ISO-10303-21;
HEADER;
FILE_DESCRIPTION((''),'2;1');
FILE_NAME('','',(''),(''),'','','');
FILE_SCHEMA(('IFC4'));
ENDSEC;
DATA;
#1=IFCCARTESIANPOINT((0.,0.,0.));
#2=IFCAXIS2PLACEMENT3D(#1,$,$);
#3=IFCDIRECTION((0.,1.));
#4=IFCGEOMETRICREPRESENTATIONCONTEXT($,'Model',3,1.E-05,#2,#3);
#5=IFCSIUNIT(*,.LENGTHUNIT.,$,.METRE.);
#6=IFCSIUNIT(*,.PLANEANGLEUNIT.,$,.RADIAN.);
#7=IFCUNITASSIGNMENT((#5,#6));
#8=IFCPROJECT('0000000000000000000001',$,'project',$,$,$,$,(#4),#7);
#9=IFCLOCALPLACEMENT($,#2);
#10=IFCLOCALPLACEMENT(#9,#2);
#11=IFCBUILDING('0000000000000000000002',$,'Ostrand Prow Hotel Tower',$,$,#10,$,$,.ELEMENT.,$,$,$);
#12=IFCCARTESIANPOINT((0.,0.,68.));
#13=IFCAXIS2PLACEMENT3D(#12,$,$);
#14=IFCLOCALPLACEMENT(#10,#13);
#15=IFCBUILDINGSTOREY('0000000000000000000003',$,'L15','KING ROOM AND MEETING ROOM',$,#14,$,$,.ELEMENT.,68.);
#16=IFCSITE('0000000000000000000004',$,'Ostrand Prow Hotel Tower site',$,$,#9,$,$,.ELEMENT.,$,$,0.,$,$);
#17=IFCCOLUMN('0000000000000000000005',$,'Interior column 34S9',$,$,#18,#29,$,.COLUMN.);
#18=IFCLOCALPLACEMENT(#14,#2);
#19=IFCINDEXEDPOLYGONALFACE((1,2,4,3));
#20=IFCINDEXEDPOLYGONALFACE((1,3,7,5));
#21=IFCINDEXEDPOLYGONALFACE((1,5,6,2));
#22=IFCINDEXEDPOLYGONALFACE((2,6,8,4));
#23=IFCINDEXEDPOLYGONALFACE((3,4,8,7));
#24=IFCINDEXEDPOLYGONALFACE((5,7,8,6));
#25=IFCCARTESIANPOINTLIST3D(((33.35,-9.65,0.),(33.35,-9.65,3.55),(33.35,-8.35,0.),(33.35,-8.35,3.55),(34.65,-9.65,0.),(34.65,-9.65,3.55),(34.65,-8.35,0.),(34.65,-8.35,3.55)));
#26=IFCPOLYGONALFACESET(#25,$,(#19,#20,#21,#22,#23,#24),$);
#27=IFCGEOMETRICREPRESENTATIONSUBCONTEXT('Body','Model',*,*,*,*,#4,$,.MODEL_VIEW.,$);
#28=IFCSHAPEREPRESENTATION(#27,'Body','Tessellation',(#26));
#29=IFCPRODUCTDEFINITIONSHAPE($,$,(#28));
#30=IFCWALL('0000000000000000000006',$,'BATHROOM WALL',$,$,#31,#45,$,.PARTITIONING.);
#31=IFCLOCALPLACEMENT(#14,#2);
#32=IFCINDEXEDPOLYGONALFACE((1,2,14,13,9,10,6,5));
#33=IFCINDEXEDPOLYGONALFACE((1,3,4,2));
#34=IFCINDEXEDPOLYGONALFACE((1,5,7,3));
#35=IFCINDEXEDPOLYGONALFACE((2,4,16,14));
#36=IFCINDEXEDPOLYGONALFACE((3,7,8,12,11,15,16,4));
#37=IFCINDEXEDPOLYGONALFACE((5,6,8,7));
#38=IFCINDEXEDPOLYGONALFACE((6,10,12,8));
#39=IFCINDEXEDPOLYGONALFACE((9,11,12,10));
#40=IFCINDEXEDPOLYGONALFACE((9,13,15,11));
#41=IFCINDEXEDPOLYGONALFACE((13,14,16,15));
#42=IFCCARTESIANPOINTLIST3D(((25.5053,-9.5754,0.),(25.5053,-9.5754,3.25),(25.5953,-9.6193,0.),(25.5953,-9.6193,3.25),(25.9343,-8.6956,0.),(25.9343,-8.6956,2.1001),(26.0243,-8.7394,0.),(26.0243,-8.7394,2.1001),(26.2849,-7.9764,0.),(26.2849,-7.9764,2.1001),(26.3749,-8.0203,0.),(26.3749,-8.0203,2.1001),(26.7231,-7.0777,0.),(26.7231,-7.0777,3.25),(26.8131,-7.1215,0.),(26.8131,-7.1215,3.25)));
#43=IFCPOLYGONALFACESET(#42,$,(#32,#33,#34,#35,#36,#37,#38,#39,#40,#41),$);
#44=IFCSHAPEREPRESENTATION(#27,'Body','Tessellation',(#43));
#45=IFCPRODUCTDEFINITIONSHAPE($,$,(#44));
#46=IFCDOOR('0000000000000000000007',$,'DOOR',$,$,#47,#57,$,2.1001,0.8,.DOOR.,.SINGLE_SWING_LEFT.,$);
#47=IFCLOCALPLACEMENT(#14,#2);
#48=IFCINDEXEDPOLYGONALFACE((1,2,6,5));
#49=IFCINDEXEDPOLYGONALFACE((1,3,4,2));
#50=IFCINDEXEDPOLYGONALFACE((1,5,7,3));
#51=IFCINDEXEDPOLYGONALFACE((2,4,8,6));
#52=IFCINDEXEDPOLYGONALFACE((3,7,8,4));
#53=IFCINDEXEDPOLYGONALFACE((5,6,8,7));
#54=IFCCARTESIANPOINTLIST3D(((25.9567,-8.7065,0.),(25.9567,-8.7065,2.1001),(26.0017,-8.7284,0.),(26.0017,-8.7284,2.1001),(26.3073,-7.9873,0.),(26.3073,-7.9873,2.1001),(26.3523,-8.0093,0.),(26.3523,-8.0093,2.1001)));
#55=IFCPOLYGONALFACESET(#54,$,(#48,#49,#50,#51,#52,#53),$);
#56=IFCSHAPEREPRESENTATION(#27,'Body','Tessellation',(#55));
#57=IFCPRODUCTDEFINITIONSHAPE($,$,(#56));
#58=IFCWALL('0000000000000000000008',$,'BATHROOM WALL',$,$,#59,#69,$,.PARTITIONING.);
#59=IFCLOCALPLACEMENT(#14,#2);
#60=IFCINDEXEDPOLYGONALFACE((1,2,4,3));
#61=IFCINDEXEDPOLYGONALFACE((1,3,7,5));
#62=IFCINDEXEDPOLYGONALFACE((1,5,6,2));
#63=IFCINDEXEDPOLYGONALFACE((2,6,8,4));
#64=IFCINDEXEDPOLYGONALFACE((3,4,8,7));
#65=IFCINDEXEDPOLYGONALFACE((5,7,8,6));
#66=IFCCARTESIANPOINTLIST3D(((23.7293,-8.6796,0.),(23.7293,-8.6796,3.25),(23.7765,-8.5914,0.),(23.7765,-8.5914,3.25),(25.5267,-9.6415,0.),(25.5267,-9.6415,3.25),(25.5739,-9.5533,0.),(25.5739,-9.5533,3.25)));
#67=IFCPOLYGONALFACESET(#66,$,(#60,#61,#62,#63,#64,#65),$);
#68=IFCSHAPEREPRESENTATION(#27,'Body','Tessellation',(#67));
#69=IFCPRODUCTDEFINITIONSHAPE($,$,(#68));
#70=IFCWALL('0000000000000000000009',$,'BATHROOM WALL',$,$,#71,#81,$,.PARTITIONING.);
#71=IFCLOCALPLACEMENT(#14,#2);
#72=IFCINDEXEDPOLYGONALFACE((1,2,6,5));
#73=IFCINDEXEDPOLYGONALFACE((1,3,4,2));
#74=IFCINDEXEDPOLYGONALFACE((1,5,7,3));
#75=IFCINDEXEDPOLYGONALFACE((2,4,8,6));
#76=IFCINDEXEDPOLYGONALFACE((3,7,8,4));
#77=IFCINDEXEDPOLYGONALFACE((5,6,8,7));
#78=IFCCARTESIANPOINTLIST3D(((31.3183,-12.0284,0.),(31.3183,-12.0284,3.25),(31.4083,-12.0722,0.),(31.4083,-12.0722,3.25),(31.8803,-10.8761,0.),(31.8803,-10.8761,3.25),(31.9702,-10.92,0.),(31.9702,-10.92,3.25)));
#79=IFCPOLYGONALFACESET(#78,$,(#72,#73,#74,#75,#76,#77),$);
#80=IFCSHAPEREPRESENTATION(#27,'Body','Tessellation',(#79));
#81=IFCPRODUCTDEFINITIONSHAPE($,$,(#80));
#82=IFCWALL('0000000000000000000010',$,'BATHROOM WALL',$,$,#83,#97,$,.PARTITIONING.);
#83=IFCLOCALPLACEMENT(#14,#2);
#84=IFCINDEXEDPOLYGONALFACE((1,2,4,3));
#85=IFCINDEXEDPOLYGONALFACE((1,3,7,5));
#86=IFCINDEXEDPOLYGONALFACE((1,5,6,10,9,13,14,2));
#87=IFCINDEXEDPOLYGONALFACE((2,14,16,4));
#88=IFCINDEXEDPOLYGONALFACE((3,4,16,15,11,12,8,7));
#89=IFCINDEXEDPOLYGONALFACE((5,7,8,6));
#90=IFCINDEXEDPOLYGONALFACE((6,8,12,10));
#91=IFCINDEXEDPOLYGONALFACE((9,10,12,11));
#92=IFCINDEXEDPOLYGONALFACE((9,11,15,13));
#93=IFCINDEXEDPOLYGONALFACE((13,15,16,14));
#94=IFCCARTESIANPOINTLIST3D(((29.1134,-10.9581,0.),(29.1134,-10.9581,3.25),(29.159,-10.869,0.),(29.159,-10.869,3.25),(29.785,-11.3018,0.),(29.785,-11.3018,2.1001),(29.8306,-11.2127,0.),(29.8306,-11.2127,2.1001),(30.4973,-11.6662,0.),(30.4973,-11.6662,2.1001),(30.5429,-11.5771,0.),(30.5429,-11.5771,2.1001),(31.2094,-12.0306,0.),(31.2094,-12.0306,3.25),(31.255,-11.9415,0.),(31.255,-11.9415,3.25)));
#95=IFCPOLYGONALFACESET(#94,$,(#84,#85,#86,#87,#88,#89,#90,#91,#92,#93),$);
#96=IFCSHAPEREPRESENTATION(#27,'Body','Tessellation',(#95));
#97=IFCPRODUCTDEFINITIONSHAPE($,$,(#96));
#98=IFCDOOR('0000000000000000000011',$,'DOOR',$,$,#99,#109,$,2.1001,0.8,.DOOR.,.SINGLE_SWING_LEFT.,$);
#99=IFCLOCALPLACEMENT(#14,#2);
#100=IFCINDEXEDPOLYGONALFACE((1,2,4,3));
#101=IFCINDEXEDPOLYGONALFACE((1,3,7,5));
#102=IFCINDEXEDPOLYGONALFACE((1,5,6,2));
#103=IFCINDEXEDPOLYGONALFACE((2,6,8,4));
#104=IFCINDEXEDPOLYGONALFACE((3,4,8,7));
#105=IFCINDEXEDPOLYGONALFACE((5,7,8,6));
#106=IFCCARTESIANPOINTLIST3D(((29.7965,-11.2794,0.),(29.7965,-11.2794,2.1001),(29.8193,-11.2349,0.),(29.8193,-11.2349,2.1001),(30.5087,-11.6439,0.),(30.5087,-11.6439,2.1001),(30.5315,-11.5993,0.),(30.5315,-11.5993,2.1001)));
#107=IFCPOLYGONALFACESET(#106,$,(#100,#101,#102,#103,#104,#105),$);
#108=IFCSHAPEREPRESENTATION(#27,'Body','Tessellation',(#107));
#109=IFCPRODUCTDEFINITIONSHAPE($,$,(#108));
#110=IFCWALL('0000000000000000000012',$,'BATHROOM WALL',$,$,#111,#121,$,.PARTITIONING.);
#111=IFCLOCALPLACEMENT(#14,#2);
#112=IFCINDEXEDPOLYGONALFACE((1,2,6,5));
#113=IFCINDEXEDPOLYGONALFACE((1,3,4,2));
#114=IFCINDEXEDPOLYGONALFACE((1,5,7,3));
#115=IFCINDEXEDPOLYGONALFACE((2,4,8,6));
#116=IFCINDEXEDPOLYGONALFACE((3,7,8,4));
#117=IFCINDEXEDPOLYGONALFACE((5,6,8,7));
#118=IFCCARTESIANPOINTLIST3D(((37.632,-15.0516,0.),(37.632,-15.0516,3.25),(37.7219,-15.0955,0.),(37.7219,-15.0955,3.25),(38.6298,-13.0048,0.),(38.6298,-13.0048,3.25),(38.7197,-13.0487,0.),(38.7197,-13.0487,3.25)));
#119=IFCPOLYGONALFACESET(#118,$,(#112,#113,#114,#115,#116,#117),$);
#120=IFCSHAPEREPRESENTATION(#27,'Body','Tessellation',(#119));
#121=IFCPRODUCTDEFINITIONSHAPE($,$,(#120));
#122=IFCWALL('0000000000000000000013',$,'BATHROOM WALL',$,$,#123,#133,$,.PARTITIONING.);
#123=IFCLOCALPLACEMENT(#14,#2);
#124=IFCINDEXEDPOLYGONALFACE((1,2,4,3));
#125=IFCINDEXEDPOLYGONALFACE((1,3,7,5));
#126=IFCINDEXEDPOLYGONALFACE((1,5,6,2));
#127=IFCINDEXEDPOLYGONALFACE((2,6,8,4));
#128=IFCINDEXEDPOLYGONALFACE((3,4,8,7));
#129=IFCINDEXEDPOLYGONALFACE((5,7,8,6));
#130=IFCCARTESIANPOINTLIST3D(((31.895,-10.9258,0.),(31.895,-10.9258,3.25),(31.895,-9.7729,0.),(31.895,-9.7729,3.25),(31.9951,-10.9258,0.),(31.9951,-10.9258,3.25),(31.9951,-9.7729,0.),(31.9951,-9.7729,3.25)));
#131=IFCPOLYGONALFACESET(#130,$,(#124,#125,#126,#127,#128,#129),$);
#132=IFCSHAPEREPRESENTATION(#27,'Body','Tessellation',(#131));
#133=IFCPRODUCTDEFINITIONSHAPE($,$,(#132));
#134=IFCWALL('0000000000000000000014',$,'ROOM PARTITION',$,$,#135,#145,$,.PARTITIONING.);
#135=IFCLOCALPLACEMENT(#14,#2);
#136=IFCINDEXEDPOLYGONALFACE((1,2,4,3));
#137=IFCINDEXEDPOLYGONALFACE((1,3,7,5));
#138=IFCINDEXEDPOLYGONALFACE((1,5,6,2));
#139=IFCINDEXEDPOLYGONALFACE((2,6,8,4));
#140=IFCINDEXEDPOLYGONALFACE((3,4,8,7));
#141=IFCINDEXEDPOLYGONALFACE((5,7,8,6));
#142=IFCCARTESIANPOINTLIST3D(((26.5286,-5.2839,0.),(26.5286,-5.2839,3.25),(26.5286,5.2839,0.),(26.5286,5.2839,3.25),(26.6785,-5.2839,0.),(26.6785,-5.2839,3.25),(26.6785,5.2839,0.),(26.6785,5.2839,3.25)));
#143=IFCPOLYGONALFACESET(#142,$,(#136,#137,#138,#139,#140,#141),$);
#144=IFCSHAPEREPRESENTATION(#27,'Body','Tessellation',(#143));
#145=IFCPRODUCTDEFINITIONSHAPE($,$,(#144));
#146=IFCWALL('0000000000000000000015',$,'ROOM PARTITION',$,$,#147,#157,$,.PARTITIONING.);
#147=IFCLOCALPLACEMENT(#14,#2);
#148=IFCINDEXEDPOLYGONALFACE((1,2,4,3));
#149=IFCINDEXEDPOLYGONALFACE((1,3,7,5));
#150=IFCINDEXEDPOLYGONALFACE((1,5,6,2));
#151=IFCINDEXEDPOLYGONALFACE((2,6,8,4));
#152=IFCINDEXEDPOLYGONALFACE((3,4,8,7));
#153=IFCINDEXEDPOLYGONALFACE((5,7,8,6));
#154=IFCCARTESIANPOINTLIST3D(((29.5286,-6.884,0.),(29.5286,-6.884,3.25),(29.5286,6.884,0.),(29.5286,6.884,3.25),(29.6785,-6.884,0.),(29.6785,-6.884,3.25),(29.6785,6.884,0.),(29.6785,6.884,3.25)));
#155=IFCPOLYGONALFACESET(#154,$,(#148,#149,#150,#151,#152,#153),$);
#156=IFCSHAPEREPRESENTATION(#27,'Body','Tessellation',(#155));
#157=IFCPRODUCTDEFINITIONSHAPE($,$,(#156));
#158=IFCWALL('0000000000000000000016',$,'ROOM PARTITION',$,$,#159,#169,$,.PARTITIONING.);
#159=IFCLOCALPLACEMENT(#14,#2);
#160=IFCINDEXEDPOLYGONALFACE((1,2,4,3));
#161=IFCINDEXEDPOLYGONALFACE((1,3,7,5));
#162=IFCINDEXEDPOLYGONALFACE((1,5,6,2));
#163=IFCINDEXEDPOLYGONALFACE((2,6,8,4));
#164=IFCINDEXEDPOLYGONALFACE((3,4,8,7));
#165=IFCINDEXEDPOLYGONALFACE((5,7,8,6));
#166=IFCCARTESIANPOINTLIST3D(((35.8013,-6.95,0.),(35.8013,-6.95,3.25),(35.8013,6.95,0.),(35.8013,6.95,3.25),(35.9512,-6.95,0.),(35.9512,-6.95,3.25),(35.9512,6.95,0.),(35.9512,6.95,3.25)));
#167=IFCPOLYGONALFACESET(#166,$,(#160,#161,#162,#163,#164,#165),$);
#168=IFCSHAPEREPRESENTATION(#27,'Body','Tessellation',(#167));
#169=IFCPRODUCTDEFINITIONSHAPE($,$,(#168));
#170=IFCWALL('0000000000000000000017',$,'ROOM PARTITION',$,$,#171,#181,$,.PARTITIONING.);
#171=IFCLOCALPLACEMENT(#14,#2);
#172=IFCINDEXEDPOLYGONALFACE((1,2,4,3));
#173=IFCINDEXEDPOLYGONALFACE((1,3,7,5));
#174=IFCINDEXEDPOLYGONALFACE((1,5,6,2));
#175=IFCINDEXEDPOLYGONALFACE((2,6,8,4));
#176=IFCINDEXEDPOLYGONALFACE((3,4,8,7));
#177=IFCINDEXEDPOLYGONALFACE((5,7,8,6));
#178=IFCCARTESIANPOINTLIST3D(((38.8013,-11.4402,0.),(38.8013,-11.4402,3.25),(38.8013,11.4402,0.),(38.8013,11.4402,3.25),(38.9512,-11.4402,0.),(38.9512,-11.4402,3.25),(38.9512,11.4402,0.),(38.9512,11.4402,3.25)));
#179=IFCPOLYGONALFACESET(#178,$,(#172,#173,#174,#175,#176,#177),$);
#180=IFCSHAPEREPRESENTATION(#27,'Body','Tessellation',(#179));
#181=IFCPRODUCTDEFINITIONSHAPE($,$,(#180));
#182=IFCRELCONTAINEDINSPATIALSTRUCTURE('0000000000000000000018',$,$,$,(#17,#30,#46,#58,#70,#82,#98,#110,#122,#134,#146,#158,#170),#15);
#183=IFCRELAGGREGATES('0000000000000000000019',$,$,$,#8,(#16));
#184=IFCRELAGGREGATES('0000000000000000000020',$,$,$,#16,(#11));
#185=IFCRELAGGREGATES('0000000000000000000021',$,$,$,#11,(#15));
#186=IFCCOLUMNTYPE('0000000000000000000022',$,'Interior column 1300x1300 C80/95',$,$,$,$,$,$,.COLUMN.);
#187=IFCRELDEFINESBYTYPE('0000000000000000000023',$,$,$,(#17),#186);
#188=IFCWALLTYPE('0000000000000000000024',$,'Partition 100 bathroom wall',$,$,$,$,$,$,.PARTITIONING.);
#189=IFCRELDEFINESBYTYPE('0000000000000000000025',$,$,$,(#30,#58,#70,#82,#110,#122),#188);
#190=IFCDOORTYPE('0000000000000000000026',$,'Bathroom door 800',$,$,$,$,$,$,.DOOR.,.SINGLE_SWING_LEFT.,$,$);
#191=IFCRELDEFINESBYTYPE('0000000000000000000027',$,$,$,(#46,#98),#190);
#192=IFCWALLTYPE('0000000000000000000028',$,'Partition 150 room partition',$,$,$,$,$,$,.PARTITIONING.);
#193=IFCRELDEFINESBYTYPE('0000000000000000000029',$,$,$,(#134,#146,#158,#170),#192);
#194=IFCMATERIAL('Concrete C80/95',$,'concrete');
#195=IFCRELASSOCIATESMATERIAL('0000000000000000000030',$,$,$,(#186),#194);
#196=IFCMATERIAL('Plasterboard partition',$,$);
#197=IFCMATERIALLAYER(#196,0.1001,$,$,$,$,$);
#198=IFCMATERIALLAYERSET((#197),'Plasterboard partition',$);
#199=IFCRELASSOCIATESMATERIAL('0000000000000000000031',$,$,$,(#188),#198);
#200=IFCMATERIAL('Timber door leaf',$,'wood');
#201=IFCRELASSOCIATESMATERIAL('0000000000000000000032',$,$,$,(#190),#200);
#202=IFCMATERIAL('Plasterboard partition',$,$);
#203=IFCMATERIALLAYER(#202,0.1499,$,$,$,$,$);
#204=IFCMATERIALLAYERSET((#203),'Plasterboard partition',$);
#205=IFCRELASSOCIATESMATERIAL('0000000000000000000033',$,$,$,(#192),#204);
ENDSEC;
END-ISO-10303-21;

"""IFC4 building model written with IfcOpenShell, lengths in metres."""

from ifc_helpers import new_model, si_unit, direction, frame, frame_2d, origin, origin_2d, place, context, subcontext, project, spatial, rectangle, extrude, material, layer, layer_set, material_profile, profile_set, type_object, element, fill, save


model = new_model("IFC4")

# Units and contexts
model_context = context("Model", 3, precision=1e-05, world=origin(), true_north=direction((0.0, 1.0)))
body_context = subcontext(model_context, "Body", "Model", "MODEL_VIEW")
ifc_project = project(units=[si_unit("LENGTHUNIT", "METRE"), si_unit("PLANEANGLEUNIT", "RADIAN")], contexts=[model_context])

# Site, building, storey
site_placement = place(None, origin())
site = spatial("IfcSite", under=ifc_project, at=site_placement, Name="Ostrand Prow Hotel Tower site", CompositionType="ELEMENT", RefElevation=0.0)
building_placement = place(site_placement, origin())
building = spatial("IfcBuilding", under=site, at=building_placement, Name="Ostrand Prow Hotel Tower", CompositionType="ELEMENT")
storey_placement = place(building_placement, frame((0.0, 0.0, 68.0)))
storey = spatial("IfcBuildingStorey", under=building, at=storey_placement, Name="L15", Description="KING ROOM AND MEETING ROOM", CompositionType="ELEMENT", Elevation=68.0)

# Column
ifc_material_1 = material(Name="Concrete C80/95", Category="concrete")
ifc_material_profile = material_profile(ifc_material_1, rectangle(XDim=1.3, YDim=1.3, at=origin_2d()), Name="RC 1300x1300")
ifc_profile_set = profile_set([ifc_material_profile], Name="Concrete C80/95")
column_type = type_object("IfcColumnType", Name="Interior column 1300x1300 C80/95", PredefinedType="COLUMN", material=ifc_profile_set)
column_placement = place(storey_placement, frame((34.0, -9.0, 0.0), z_axis=(0.0, 0.0, 1.0), x_axis=(1.0, 0.0, 0.0)))
element("IfcColumn", 1, at=column_placement, inside=storey, type_object=column_type, Name="Interior column 34S9", PredefinedType="COLUMN", context=body_context, shape_type="SweptSolid", body=[
    extrude(rectangle(XDim=1.3, YDim=1.3, at=origin_2d()), origin(), (0.0, 0.0, 1.0), 3.55),
])

# Wall, opening, door
ifc_material_2 = material(Name="Plasterboard partition")
ifc_layer_1 = layer(ifc_material_2, 0.1001)
ifc_layer_set_1 = layer_set([ifc_layer_1], Name="Plasterboard partition")
wall_type_1 = type_object("IfcWallType", Name="Partition 100 bathroom wall", PredefinedType="PARTITIONING", material=ifc_layer_set_1)
wall_1_placement = place(storey_placement, frame((26.7681, -7.0996, 0.0), z_axis=(0.0, 0.0, 1.0), x_axis=(-0.43823, -0.898863, 0.0)))
wall_1 = element("IfcWall", 2, at=wall_1_placement, inside=storey, type_object=wall_type_1, Name="BATHROOM WALL", PredefinedType="PARTITIONING", context=body_context, shape_type="SweptSolid", body=[
    extrude(rectangle(XDim=2.7788, YDim=0.1001, at=frame_2d((1.3894, 0.0))), origin(), (0.0, 0.0, 1.0), 3.25),
])
opening_1_placement = place(wall_1_placement, frame((1.0, 0.0, 0.0)))
opening_1 = element("IfcOpeningElement", 3, at=opening_1_placement, cuts=wall_1, PredefinedType="OPENING", context=body_context, shape_type="SweptSolid", body=[
    extrude(rectangle(XDim=0.8, YDim=2.1001, at=frame_2d((0.3999, 1.05))), frame((0.0, 0.0601, 0.0), z_axis=(0.0, -1.0, 0.0), x_axis=(1.0, 0.0, 0.0)), (0.0, 0.0, 1.0), 0.1201),
])
ifc_material_3 = material(Name="Timber door leaf", Category="wood")
door_type_1 = type_object("IfcDoorType", Name="Bathroom door 800", OperationType="SINGLE_SWING_LEFT", PredefinedType="DOOR", material=ifc_material_3)
door_1_placement = place(opening_1_placement, origin())
door_1 = element("IfcDoor", 4, at=door_1_placement, inside=storey, type_object=door_type_1, Name="DOOR", OperationType="SINGLE_SWING_LEFT", OverallHeight=2.1001, OverallWidth=0.8, PredefinedType="DOOR", context=body_context, shape_type="SweptSolid", body=[
    extrude(rectangle(XDim=0.8, YDim=2.1001, at=frame_2d((0.3999, 1.05))), frame((0.0, 0.0249, 0.0), z_axis=(0.0, -1.0, 0.0), x_axis=(1.0, 0.0, 0.0)), (0.0, 0.0, 1.0), 0.05),
])
fill(opening_1, door_1)

# Walls
wall_2_placement = place(storey_placement, frame((25.5503, -9.5974, 0.0), z_axis=(0.0, 0.0, 1.0), x_axis=(-0.881676, 0.471856, 0.0)))
element("IfcWall", 5, at=wall_2_placement, inside=storey, type_object=wall_type_1, Name="BATHROOM WALL", PredefinedType="PARTITIONING", context=body_context, shape_type="SweptSolid", body=[
    extrude(rectangle(XDim=2.0386, YDim=0.1001, at=frame_2d((1.0193, 0.0))), origin(), (0.0, 0.0, 1.0), 3.25),
])
wall_3_placement = place(storey_placement, frame((31.9253, -10.8979, 0.0), z_axis=(0.0, 0.0, 1.0), x_axis=(-0.438356, -0.898801, 0.0)))
element("IfcWall", 6, at=wall_3_placement, inside=storey, type_object=wall_type_1, Name="BATHROOM WALL", PredefinedType="PARTITIONING", context=body_context, shape_type="SweptSolid", body=[
    extrude(rectangle(XDim=1.282, YDim=0.1001, at=frame_2d((0.6411, 0.0))), origin(), (0.0, 0.0, 1.0), 3.25),
])

# Wall, opening, door
wall_4_placement = place(storey_placement, frame((31.2322, -11.9861, 0.0), z_axis=(0.0, 0.0, 1.0), x_axis=(-0.89022, 0.455531, 0.0)))
wall_4 = element("IfcWall", 7, at=wall_4_placement, inside=storey, type_object=wall_type_1, Name="BATHROOM WALL", PredefinedType="PARTITIONING", context=body_context, shape_type="SweptSolid", body=[
    extrude(rectangle(XDim=2.3545, YDim=0.1001, at=frame_2d((1.1772, 0.0))), origin(), (0.0, 0.0, 1.0), 3.25),
])
opening_2_placement = place(wall_4_placement, frame((0.8, 0.0, 0.0)))
opening_2 = element("IfcOpeningElement", 8, at=opening_2_placement, cuts=wall_4, PredefinedType="OPENING", context=body_context, shape_type="SweptSolid", body=[
    extrude(rectangle(XDim=0.8, YDim=2.1001, at=frame_2d((0.3999, 1.05))), frame((0.0, 0.0601, 0.0), z_axis=(0.0, -1.0, 0.0), x_axis=(1.0, 0.0, 0.0)), (0.0, 0.0, 1.0), 0.1201),
])
door_2_placement = place(opening_2_placement, origin())
door_2 = element("IfcDoor", 9, at=door_2_placement, inside=storey, type_object=door_type_1, Name="DOOR", OperationType="SINGLE_SWING_LEFT", OverallHeight=2.1001, OverallWidth=0.8, PredefinedType="DOOR", context=body_context, shape_type="SweptSolid", body=[
    extrude(rectangle(XDim=0.8, YDim=2.1001, at=frame_2d((0.3999, 1.05))), frame((0.0, 0.0249, 0.0), z_axis=(0.0, -1.0, 0.0), x_axis=(1.0, 0.0, 0.0)), (0.0, 0.0, 1.0), 0.05),
])
fill(opening_2, door_2)

# Walls
wall_5_placement = place(storey_placement, frame((38.6748, -13.0266, 0.0), z_axis=(0.0, 0.0, 1.0), x_axis=(-0.438185, -0.898885, 0.0)))
element("IfcWall", 10, at=wall_5_placement, inside=storey, type_object=wall_type_1, Name="BATHROOM WALL", PredefinedType="PARTITIONING", context=body_context, shape_type="SweptSolid", body=[
    extrude(rectangle(XDim=2.2771, YDim=0.1001, at=frame_2d((1.1387, 0.0))), origin(), (0.0, 0.0, 1.0), 3.25),
])
wall_6_placement = place(storey_placement, frame((31.9451, -9.7729, 0.0), z_axis=(0.0, 0.0, 1.0), x_axis=(0.0, -1.0, 0.0)))
element("IfcWall", 11, at=wall_6_placement, inside=storey, type_object=wall_type_1, Name="BATHROOM WALL", PredefinedType="PARTITIONING", context=body_context, shape_type="SweptSolid", body=[
    extrude(rectangle(XDim=1.1528, YDim=0.1001, at=frame_2d((0.5764, 0.0))), origin(), (0.0, 0.0, 1.0), 3.25),
])
ifc_material_4 = material(Name="Plasterboard partition")
ifc_layer_2 = layer(ifc_material_4, 0.1499)
ifc_layer_set_2 = layer_set([ifc_layer_2], Name="Plasterboard partition")
wall_type_2 = type_object("IfcWallType", Name="Partition 150 room partition", PredefinedType="PARTITIONING", material=ifc_layer_set_2)
wall_7_placement = place(storey_placement, frame((26.6035, -5.2839, 0.0), z_axis=(0.0, 0.0, 1.0), x_axis=(0.0, 1.0, 0.0)))
element("IfcWall", 12, at=wall_7_placement, inside=storey, type_object=wall_type_2, Name="ROOM PARTITION", PredefinedType="PARTITIONING", context=body_context, shape_type="SweptSolid", body=[
    extrude(rectangle(XDim=10.5679, YDim=0.1499, at=frame_2d((5.2839, 0.0))), origin(), (0.0, 0.0, 1.0), 3.25),
])
wall_8_placement = place(storey_placement, frame((29.6035, -6.884, 0.0), z_axis=(0.0, 0.0, 1.0), x_axis=(0.0, 1.0, 0.0)))
element("IfcWall", 13, at=wall_8_placement, inside=storey, type_object=wall_type_2, Name="ROOM PARTITION", PredefinedType="PARTITIONING", context=body_context, shape_type="SweptSolid", body=[
    extrude(rectangle(XDim=13.7681, YDim=0.1499, at=frame_2d((6.884, 0.0))), origin(), (0.0, 0.0, 1.0), 3.25),
])
wall_9_placement = place(storey_placement, frame((35.8762, -6.95, 0.0), z_axis=(0.0, 0.0, 1.0), x_axis=(0.0, 1.0, 0.0)))
element("IfcWall", 14, at=wall_9_placement, inside=storey, type_object=wall_type_2, Name="ROOM PARTITION", PredefinedType="PARTITIONING", context=body_context, shape_type="SweptSolid", body=[
    extrude(rectangle(XDim=13.8999, YDim=0.1499, at=frame_2d((6.95, 0.0))), origin(), (0.0, 0.0, 1.0), 3.25),
])
wall_10_placement = place(storey_placement, frame((38.8762, -11.4402, 0.0), z_axis=(0.0, 0.0, 1.0), x_axis=(0.0, 1.0, 0.0)))
element("IfcWall", 15, at=wall_10_placement, inside=storey, type_object=wall_type_2, Name="ROOM PARTITION", PredefinedType="PARTITIONING", context=body_context, shape_type="SweptSolid", body=[
    extrude(rectangle(XDim=22.8804, YDim=0.1499, at=frame_2d((11.4402, 0.0))), origin(), (0.0, 0.0, 1.0), 3.25),
])

save(model, "model.ifc")
